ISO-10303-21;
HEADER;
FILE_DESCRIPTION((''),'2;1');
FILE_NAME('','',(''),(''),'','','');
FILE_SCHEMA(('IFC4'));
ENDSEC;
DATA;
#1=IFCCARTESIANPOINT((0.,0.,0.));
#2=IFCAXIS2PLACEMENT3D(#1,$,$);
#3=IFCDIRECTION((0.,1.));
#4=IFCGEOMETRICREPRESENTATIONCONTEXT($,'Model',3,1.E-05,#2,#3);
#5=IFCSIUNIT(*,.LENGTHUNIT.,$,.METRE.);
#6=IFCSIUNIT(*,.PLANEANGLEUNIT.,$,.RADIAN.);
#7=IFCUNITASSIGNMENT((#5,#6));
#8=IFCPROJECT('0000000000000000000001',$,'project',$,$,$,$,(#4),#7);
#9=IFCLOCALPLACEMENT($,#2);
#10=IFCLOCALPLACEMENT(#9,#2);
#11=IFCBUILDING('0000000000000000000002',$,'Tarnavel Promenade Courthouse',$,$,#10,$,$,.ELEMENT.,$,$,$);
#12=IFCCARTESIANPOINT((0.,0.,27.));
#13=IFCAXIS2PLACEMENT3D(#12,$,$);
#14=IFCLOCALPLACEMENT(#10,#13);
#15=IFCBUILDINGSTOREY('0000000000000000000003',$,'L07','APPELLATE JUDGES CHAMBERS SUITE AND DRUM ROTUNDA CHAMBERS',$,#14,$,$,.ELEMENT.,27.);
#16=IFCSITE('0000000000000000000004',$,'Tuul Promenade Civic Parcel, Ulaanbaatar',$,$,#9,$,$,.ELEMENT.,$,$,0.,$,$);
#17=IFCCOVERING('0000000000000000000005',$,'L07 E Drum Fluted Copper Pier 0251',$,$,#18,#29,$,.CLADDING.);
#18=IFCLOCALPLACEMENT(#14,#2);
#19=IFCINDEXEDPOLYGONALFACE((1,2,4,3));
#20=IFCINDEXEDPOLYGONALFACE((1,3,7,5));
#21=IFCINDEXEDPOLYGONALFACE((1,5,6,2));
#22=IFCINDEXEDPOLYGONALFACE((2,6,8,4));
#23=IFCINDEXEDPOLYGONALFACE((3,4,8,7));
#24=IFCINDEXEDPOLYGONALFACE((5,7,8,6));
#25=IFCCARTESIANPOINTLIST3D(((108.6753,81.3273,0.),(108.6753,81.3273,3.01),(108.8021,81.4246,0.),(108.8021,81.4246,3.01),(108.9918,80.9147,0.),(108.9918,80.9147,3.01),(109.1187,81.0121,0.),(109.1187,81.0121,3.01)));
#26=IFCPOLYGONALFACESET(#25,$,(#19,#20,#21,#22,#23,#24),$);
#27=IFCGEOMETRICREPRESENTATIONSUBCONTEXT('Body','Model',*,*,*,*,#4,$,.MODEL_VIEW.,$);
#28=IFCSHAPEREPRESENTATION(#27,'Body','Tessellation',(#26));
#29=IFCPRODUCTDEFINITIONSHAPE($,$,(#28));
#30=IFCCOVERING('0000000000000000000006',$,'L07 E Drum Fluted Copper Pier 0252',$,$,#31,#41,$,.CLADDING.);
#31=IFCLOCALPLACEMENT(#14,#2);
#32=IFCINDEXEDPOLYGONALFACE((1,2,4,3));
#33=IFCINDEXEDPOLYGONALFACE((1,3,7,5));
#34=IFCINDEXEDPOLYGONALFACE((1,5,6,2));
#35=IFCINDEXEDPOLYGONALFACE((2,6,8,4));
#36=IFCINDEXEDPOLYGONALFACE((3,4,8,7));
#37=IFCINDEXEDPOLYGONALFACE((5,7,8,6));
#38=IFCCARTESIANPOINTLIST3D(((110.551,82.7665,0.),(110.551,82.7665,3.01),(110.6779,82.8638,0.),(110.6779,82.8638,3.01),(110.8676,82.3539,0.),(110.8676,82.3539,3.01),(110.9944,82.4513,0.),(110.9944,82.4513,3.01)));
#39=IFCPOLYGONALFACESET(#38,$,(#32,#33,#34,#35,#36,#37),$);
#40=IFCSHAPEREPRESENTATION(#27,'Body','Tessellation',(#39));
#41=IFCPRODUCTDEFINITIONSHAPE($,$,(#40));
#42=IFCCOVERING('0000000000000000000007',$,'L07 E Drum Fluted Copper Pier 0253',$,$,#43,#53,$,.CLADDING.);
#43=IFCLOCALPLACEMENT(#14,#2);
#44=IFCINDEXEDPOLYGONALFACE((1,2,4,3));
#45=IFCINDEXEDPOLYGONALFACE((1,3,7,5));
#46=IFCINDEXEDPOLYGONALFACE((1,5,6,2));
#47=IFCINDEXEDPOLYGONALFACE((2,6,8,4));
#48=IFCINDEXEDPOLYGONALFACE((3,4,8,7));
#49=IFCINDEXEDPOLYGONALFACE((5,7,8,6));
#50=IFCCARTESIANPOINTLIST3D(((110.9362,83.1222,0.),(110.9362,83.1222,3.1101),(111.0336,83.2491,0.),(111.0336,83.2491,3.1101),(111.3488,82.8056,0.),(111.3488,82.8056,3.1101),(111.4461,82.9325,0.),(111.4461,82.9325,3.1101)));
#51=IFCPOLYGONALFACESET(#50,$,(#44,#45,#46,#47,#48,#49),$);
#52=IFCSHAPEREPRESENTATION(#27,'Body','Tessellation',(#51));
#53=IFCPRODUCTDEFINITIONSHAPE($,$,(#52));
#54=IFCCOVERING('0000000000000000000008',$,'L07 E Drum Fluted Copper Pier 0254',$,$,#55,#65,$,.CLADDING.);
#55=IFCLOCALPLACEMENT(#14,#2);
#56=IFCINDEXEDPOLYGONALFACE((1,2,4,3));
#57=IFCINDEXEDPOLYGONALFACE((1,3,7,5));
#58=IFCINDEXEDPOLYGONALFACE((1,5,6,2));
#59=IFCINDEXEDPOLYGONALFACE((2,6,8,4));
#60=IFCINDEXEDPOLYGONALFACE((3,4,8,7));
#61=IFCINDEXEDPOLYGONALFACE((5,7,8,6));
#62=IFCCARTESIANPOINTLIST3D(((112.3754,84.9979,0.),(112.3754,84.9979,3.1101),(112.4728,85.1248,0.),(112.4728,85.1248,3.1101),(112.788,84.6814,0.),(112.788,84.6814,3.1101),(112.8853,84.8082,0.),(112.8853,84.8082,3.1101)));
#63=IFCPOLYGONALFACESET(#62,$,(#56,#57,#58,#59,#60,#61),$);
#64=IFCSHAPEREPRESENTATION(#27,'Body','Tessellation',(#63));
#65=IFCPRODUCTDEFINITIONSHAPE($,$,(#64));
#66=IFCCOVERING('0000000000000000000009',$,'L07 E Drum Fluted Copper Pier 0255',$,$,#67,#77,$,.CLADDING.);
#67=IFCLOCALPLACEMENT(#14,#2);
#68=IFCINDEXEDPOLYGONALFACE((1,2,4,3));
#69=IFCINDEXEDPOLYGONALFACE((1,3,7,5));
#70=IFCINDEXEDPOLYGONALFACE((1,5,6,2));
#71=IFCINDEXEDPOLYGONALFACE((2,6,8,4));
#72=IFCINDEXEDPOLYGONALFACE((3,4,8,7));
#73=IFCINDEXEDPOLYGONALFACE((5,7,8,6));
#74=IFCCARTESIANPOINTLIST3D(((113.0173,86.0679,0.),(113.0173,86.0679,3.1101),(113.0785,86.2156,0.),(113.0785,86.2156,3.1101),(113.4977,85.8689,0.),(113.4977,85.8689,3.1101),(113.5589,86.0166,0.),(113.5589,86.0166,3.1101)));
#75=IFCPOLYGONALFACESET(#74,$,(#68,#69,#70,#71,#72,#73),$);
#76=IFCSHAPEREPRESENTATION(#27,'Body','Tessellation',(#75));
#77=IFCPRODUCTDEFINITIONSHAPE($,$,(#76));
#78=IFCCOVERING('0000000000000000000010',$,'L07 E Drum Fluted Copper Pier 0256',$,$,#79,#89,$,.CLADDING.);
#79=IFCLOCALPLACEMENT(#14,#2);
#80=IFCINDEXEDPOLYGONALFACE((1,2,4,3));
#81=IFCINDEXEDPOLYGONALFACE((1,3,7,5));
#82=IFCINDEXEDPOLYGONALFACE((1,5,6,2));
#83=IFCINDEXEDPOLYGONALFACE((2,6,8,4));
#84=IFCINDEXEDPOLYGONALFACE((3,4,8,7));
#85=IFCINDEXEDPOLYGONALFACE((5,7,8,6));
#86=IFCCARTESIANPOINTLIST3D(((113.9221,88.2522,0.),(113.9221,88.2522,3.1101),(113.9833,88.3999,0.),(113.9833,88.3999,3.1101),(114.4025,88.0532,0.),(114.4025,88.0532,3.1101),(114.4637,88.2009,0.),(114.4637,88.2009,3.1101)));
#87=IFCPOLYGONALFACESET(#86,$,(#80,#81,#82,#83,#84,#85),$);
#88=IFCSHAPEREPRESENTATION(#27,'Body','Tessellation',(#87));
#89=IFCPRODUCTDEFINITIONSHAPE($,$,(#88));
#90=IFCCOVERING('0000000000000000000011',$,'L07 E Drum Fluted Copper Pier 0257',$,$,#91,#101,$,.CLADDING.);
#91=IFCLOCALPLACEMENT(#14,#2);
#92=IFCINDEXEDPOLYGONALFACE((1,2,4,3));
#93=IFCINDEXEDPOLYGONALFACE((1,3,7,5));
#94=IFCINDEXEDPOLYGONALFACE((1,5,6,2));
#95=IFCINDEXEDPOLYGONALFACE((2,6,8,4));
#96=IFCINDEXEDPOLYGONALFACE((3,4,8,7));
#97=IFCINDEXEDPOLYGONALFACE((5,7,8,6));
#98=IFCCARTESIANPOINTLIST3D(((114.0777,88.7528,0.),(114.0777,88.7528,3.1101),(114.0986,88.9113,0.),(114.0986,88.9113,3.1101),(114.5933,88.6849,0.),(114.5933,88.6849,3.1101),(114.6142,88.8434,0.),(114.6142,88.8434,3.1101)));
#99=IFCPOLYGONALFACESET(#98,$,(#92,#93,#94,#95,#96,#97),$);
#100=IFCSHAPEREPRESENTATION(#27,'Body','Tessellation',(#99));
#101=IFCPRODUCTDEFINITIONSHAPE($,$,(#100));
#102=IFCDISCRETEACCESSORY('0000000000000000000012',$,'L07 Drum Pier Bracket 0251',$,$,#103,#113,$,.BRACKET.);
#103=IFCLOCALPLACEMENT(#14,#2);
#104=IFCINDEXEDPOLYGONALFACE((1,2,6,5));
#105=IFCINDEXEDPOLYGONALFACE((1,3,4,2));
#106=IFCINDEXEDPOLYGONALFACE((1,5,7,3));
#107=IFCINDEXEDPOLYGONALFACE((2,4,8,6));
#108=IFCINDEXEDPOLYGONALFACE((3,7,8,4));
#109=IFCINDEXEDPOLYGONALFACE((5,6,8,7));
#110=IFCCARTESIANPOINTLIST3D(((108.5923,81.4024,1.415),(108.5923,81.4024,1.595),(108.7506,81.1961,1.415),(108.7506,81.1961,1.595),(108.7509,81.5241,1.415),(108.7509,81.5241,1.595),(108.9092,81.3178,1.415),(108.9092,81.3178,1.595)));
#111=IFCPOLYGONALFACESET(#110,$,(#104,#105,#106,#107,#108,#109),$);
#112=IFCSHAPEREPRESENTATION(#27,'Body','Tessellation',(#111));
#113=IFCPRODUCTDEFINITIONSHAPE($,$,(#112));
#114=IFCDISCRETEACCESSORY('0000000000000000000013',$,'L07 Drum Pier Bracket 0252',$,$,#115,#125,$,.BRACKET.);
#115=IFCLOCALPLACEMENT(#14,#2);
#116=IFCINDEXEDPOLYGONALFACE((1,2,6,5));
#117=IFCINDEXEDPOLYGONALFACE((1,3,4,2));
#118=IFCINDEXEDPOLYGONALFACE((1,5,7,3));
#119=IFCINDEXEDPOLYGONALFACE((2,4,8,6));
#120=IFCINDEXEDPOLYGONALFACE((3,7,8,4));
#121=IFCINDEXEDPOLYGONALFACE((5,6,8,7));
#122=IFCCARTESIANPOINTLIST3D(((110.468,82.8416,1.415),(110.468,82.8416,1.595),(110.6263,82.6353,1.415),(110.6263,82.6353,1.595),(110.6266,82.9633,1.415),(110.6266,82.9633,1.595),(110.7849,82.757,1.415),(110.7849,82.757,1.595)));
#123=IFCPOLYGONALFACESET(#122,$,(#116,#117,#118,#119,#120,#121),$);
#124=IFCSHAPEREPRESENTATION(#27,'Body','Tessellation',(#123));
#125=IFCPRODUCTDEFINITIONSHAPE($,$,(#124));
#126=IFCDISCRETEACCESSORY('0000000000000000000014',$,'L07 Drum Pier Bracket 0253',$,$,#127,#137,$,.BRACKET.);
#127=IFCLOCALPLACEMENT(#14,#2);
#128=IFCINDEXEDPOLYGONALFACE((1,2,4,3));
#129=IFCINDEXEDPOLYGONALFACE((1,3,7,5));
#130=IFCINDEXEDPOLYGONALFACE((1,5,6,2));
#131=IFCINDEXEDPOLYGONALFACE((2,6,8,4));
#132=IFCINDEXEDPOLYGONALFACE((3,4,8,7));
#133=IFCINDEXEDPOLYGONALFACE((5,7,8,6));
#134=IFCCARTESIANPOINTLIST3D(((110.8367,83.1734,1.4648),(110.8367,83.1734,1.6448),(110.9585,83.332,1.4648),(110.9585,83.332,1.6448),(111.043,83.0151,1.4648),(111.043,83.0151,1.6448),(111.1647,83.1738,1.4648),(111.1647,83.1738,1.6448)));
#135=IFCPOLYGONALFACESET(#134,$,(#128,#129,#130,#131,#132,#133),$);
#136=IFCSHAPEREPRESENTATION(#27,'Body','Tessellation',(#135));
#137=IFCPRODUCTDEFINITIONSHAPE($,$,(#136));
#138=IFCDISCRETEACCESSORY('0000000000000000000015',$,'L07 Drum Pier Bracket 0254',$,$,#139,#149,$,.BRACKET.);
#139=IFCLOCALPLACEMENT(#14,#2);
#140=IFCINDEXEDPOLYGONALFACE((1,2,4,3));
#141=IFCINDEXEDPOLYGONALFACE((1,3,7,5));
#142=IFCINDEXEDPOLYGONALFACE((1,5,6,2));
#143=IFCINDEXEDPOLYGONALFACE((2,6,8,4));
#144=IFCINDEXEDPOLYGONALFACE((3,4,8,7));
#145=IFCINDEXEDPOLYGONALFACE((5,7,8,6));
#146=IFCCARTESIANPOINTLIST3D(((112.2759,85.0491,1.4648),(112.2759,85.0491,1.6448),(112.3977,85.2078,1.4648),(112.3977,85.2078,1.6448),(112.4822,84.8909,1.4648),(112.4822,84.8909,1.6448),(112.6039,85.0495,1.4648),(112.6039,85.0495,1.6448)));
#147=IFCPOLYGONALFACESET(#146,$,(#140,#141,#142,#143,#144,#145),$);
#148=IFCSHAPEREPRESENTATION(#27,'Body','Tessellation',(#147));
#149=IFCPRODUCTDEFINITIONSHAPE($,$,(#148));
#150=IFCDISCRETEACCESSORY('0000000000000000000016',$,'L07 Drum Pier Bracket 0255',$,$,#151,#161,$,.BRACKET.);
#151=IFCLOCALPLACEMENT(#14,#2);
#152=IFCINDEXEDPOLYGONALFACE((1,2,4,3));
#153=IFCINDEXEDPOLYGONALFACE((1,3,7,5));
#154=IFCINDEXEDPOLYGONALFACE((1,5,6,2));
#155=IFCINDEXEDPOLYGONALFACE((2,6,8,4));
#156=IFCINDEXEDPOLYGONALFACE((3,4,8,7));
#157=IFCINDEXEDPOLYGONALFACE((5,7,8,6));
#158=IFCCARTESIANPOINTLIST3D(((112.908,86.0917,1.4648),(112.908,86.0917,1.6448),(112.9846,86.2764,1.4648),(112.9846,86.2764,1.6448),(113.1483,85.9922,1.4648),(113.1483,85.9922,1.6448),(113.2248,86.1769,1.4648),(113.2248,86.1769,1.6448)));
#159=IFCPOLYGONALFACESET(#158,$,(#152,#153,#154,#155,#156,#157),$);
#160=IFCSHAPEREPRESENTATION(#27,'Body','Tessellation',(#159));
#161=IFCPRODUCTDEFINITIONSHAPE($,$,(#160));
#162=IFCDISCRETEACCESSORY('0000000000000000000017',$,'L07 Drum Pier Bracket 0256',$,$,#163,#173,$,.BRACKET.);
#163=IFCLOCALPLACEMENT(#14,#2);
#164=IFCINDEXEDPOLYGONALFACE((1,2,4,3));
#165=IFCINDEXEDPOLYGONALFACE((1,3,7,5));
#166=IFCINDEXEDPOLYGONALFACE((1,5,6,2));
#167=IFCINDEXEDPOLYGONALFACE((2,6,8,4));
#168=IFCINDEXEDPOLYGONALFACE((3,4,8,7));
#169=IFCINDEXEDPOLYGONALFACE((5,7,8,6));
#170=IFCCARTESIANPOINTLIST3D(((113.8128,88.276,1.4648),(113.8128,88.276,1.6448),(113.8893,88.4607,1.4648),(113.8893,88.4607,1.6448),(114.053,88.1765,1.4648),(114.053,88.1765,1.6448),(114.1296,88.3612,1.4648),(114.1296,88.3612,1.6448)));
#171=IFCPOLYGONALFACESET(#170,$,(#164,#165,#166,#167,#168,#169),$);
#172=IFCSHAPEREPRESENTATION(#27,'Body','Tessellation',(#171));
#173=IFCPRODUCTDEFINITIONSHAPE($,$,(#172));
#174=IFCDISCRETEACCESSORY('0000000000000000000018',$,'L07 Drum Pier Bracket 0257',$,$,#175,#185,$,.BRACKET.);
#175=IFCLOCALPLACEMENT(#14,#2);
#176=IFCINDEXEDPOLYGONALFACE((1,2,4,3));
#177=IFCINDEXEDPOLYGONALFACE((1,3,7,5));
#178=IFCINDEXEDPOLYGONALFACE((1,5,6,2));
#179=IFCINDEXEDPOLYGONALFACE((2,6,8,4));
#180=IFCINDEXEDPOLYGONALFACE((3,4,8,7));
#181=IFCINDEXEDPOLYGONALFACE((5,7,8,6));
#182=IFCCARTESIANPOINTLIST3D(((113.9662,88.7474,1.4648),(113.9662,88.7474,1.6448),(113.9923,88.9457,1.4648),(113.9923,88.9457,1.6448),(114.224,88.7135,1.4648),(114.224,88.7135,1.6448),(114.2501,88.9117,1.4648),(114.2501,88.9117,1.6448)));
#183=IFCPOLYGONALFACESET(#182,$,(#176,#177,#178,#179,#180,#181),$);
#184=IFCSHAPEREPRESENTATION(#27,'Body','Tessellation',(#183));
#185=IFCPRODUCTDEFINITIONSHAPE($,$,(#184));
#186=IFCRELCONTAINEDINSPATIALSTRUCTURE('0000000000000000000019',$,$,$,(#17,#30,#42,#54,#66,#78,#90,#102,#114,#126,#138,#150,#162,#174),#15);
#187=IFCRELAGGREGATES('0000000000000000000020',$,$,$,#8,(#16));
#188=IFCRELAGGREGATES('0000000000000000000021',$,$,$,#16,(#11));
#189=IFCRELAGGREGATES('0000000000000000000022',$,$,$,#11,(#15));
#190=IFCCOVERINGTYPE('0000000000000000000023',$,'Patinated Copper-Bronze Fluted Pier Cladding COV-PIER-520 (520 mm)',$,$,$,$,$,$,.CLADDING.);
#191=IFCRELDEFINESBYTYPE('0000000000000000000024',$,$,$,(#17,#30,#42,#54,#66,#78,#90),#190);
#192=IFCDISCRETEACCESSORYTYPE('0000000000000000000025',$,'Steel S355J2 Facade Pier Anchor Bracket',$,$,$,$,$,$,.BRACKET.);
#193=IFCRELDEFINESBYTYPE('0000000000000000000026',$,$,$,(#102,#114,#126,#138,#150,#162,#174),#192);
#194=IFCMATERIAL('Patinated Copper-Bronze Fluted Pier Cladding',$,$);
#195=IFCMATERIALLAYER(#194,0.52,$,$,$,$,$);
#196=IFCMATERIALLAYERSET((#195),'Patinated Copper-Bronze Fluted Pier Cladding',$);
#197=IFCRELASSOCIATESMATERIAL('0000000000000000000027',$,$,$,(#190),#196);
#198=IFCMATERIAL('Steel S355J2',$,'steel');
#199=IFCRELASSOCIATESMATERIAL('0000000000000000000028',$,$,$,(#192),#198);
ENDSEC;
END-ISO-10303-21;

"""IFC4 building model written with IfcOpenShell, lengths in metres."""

from ifc_helpers import new_model, si_unit, direction, frame, origin, origin_2d, place, context, subcontext, project, spatial, rectangle, extrude, material, layer, layer_set, type_object, element, save


model = new_model("IFC4")

# Units and contexts
model_context = context("Model", 3, precision=1e-05, world=origin(), true_north=direction((0.0, 1.0)))
body_context = subcontext(model_context, "Body", "Model", "MODEL_VIEW")
ifc_project = project(units=[si_unit("LENGTHUNIT", "METRE"), si_unit("PLANEANGLEUNIT", "RADIAN")], contexts=[model_context])

# Site, building, storey
site_placement = place(None, origin())
site = spatial("IfcSite", under=ifc_project, at=site_placement, Name="Tuul Promenade Civic Parcel, Ulaanbaatar", CompositionType="ELEMENT", RefElevation=0.0)
building_placement = place(site_placement, origin())
building = spatial("IfcBuilding", under=site, at=building_placement, Name="Tarnavel Promenade Courthouse", CompositionType="ELEMENT")
storey_placement = place(building_placement, frame((0.0, 0.0, 27.0)))
storey = spatial("IfcBuildingStorey", under=building, at=storey_placement, Name="L07", Description="APPELLATE JUDGES CHAMBERS SUITE AND DRUM ROTUNDA CHAMBERS", CompositionType="ELEMENT", Elevation=27.0)

# Shared definitions
ifc_material_1 = material(Name="Steel S355J2", Category="steel")

# Coverings
ifc_material_2 = material(Name="Patinated Copper-Bronze Fluted Pier Cladding")
ifc_layer_1 = layer(ifc_material_2, 0.52)
ifc_layer_set_1 = layer_set([ifc_layer_1], Name="Patinated Copper-Bronze Fluted Pier Cladding")
covering_type = type_object("IfcCoveringType", Name="Patinated Copper-Bronze Fluted Pier Cladding COV-PIER-520 (520 mm)", PredefinedType="CLADDING", material=ifc_layer_set_1)
for number, where, z_axis, x_axis, name in (
    (1, (108.897, 81.1697, 0.0), (0.0, 0.0, 1.0), (0.793353, 0.608761, 0.0), "L07 E Drum Fluted Copper Pier 0251"),
    (2, (110.7727, 82.6089, 0.0), (0.0, 0.0, 1.0), (0.793353, 0.608761, 0.0), "L07 E Drum Fluted Copper Pier 0252"),
):
    element("IfcCovering", number, at=place(storey_placement, frame(where, z_axis=z_axis, x_axis=x_axis)), inside=storey, type_object=covering_type, Name=name, PredefinedType="CLADDING", context=body_context, shape_type="SweptSolid", body=[
        extrude(rectangle(XDim=0.1599, YDim=0.52, at=origin_2d()), origin(), (0.0, 0.0, 1.0), 3.01),
    ])
for number, where, z_axis, x_axis, name in (
    (3, (111.1912, 83.0273, 0.0), (0.0, 0.0, 1.0), (0.608761, 0.793353, 0.0), "L07 E Drum Fluted Copper Pier 0253"),
    (4, (112.6304, 84.9031, 0.0), (0.0, 0.0, 1.0), (0.608761, 0.793353, 0.0), "L07 E Drum Fluted Copper Pier 0254"),
    (5, (113.2881, 86.0422, 0.0), (0.0, 0.0, 1.0), (0.382683, 0.92388, 0.0), "L07 E Drum Fluted Copper Pier 0255"),
    (6, (114.1929, 88.2266, 0.0), (0.0, 0.0, 1.0), (0.382683, 0.92388, 0.0), "L07 E Drum Fluted Copper Pier 0256"),
    (7, (114.3459, 88.7981, 0.0), (0.0, 0.0, 1.0), (0.130526, 0.991445, 0.0), "L07 E Drum Fluted Copper Pier 0257"),
):
    element("IfcCovering", number, at=place(storey_placement, frame(where, z_axis=z_axis, x_axis=x_axis)), inside=storey, type_object=covering_type, Name=name, PredefinedType="CLADDING", context=body_context, shape_type="SweptSolid", body=[
        extrude(rectangle(XDim=0.1599, YDim=0.52, at=origin_2d()), origin(), (0.0, 0.0, 1.0), 3.1101),
    ])

# Discrete accessories
discrete_accessory_type = type_object("IfcDiscreteAccessoryType", Name="Steel S355J2 Facade Pier Anchor Bracket", PredefinedType="BRACKET", material=ifc_material_1)
for number, where, z_axis, x_axis, name in (
    (8, (108.7507, 81.3601, 1.415), (0.0, 0.0, 1.0), (0.793353, 0.608761, 0.0), "L07 Drum Pier Bracket 0251"),
    (9, (110.6265, 82.7993, 1.415), (0.0, 0.0, 1.0), (0.793353, 0.608761, 0.0), "L07 Drum Pier Bracket 0252"),
    (10, (111.0007, 83.1736, 1.4648), (0.0, 0.0, 1.0), (0.608761, 0.793353, 0.0), "L07 Drum Pier Bracket 0253"),
    (11, (112.4399, 85.0493, 1.4648), (0.0, 0.0, 1.0), (0.608761, 0.793353, 0.0), "L07 Drum Pier Bracket 0254"),
    (12, (113.0664, 86.1343, 1.4648), (0.0, 0.0, 1.0), (0.382683, 0.92388, 0.0), "L07 Drum Pier Bracket 0255"),
    (13, (113.9712, 88.3186, 1.4648), (0.0, 0.0, 1.0), (0.382683, 0.92388, 0.0), "L07 Drum Pier Bracket 0256"),
    (14, (114.1082, 88.8296, 1.4648), (0.0, 0.0, 1.0), (0.130526, 0.991445, 0.0), "L07 Drum Pier Bracket 0257"),
):
    element("IfcDiscreteAccessory", number, at=place(storey_placement, frame(where, z_axis=z_axis, x_axis=x_axis)), inside=storey, type_object=discrete_accessory_type, Name=name, PredefinedType="BRACKET", context=body_context, shape_type="SweptSolid", body=[
        extrude(rectangle(XDim=0.2, YDim=0.26, at=origin_2d()), origin(), (0.0, 0.0, 1.0), 0.1799),
    ])

save(model, "model.ifc")
